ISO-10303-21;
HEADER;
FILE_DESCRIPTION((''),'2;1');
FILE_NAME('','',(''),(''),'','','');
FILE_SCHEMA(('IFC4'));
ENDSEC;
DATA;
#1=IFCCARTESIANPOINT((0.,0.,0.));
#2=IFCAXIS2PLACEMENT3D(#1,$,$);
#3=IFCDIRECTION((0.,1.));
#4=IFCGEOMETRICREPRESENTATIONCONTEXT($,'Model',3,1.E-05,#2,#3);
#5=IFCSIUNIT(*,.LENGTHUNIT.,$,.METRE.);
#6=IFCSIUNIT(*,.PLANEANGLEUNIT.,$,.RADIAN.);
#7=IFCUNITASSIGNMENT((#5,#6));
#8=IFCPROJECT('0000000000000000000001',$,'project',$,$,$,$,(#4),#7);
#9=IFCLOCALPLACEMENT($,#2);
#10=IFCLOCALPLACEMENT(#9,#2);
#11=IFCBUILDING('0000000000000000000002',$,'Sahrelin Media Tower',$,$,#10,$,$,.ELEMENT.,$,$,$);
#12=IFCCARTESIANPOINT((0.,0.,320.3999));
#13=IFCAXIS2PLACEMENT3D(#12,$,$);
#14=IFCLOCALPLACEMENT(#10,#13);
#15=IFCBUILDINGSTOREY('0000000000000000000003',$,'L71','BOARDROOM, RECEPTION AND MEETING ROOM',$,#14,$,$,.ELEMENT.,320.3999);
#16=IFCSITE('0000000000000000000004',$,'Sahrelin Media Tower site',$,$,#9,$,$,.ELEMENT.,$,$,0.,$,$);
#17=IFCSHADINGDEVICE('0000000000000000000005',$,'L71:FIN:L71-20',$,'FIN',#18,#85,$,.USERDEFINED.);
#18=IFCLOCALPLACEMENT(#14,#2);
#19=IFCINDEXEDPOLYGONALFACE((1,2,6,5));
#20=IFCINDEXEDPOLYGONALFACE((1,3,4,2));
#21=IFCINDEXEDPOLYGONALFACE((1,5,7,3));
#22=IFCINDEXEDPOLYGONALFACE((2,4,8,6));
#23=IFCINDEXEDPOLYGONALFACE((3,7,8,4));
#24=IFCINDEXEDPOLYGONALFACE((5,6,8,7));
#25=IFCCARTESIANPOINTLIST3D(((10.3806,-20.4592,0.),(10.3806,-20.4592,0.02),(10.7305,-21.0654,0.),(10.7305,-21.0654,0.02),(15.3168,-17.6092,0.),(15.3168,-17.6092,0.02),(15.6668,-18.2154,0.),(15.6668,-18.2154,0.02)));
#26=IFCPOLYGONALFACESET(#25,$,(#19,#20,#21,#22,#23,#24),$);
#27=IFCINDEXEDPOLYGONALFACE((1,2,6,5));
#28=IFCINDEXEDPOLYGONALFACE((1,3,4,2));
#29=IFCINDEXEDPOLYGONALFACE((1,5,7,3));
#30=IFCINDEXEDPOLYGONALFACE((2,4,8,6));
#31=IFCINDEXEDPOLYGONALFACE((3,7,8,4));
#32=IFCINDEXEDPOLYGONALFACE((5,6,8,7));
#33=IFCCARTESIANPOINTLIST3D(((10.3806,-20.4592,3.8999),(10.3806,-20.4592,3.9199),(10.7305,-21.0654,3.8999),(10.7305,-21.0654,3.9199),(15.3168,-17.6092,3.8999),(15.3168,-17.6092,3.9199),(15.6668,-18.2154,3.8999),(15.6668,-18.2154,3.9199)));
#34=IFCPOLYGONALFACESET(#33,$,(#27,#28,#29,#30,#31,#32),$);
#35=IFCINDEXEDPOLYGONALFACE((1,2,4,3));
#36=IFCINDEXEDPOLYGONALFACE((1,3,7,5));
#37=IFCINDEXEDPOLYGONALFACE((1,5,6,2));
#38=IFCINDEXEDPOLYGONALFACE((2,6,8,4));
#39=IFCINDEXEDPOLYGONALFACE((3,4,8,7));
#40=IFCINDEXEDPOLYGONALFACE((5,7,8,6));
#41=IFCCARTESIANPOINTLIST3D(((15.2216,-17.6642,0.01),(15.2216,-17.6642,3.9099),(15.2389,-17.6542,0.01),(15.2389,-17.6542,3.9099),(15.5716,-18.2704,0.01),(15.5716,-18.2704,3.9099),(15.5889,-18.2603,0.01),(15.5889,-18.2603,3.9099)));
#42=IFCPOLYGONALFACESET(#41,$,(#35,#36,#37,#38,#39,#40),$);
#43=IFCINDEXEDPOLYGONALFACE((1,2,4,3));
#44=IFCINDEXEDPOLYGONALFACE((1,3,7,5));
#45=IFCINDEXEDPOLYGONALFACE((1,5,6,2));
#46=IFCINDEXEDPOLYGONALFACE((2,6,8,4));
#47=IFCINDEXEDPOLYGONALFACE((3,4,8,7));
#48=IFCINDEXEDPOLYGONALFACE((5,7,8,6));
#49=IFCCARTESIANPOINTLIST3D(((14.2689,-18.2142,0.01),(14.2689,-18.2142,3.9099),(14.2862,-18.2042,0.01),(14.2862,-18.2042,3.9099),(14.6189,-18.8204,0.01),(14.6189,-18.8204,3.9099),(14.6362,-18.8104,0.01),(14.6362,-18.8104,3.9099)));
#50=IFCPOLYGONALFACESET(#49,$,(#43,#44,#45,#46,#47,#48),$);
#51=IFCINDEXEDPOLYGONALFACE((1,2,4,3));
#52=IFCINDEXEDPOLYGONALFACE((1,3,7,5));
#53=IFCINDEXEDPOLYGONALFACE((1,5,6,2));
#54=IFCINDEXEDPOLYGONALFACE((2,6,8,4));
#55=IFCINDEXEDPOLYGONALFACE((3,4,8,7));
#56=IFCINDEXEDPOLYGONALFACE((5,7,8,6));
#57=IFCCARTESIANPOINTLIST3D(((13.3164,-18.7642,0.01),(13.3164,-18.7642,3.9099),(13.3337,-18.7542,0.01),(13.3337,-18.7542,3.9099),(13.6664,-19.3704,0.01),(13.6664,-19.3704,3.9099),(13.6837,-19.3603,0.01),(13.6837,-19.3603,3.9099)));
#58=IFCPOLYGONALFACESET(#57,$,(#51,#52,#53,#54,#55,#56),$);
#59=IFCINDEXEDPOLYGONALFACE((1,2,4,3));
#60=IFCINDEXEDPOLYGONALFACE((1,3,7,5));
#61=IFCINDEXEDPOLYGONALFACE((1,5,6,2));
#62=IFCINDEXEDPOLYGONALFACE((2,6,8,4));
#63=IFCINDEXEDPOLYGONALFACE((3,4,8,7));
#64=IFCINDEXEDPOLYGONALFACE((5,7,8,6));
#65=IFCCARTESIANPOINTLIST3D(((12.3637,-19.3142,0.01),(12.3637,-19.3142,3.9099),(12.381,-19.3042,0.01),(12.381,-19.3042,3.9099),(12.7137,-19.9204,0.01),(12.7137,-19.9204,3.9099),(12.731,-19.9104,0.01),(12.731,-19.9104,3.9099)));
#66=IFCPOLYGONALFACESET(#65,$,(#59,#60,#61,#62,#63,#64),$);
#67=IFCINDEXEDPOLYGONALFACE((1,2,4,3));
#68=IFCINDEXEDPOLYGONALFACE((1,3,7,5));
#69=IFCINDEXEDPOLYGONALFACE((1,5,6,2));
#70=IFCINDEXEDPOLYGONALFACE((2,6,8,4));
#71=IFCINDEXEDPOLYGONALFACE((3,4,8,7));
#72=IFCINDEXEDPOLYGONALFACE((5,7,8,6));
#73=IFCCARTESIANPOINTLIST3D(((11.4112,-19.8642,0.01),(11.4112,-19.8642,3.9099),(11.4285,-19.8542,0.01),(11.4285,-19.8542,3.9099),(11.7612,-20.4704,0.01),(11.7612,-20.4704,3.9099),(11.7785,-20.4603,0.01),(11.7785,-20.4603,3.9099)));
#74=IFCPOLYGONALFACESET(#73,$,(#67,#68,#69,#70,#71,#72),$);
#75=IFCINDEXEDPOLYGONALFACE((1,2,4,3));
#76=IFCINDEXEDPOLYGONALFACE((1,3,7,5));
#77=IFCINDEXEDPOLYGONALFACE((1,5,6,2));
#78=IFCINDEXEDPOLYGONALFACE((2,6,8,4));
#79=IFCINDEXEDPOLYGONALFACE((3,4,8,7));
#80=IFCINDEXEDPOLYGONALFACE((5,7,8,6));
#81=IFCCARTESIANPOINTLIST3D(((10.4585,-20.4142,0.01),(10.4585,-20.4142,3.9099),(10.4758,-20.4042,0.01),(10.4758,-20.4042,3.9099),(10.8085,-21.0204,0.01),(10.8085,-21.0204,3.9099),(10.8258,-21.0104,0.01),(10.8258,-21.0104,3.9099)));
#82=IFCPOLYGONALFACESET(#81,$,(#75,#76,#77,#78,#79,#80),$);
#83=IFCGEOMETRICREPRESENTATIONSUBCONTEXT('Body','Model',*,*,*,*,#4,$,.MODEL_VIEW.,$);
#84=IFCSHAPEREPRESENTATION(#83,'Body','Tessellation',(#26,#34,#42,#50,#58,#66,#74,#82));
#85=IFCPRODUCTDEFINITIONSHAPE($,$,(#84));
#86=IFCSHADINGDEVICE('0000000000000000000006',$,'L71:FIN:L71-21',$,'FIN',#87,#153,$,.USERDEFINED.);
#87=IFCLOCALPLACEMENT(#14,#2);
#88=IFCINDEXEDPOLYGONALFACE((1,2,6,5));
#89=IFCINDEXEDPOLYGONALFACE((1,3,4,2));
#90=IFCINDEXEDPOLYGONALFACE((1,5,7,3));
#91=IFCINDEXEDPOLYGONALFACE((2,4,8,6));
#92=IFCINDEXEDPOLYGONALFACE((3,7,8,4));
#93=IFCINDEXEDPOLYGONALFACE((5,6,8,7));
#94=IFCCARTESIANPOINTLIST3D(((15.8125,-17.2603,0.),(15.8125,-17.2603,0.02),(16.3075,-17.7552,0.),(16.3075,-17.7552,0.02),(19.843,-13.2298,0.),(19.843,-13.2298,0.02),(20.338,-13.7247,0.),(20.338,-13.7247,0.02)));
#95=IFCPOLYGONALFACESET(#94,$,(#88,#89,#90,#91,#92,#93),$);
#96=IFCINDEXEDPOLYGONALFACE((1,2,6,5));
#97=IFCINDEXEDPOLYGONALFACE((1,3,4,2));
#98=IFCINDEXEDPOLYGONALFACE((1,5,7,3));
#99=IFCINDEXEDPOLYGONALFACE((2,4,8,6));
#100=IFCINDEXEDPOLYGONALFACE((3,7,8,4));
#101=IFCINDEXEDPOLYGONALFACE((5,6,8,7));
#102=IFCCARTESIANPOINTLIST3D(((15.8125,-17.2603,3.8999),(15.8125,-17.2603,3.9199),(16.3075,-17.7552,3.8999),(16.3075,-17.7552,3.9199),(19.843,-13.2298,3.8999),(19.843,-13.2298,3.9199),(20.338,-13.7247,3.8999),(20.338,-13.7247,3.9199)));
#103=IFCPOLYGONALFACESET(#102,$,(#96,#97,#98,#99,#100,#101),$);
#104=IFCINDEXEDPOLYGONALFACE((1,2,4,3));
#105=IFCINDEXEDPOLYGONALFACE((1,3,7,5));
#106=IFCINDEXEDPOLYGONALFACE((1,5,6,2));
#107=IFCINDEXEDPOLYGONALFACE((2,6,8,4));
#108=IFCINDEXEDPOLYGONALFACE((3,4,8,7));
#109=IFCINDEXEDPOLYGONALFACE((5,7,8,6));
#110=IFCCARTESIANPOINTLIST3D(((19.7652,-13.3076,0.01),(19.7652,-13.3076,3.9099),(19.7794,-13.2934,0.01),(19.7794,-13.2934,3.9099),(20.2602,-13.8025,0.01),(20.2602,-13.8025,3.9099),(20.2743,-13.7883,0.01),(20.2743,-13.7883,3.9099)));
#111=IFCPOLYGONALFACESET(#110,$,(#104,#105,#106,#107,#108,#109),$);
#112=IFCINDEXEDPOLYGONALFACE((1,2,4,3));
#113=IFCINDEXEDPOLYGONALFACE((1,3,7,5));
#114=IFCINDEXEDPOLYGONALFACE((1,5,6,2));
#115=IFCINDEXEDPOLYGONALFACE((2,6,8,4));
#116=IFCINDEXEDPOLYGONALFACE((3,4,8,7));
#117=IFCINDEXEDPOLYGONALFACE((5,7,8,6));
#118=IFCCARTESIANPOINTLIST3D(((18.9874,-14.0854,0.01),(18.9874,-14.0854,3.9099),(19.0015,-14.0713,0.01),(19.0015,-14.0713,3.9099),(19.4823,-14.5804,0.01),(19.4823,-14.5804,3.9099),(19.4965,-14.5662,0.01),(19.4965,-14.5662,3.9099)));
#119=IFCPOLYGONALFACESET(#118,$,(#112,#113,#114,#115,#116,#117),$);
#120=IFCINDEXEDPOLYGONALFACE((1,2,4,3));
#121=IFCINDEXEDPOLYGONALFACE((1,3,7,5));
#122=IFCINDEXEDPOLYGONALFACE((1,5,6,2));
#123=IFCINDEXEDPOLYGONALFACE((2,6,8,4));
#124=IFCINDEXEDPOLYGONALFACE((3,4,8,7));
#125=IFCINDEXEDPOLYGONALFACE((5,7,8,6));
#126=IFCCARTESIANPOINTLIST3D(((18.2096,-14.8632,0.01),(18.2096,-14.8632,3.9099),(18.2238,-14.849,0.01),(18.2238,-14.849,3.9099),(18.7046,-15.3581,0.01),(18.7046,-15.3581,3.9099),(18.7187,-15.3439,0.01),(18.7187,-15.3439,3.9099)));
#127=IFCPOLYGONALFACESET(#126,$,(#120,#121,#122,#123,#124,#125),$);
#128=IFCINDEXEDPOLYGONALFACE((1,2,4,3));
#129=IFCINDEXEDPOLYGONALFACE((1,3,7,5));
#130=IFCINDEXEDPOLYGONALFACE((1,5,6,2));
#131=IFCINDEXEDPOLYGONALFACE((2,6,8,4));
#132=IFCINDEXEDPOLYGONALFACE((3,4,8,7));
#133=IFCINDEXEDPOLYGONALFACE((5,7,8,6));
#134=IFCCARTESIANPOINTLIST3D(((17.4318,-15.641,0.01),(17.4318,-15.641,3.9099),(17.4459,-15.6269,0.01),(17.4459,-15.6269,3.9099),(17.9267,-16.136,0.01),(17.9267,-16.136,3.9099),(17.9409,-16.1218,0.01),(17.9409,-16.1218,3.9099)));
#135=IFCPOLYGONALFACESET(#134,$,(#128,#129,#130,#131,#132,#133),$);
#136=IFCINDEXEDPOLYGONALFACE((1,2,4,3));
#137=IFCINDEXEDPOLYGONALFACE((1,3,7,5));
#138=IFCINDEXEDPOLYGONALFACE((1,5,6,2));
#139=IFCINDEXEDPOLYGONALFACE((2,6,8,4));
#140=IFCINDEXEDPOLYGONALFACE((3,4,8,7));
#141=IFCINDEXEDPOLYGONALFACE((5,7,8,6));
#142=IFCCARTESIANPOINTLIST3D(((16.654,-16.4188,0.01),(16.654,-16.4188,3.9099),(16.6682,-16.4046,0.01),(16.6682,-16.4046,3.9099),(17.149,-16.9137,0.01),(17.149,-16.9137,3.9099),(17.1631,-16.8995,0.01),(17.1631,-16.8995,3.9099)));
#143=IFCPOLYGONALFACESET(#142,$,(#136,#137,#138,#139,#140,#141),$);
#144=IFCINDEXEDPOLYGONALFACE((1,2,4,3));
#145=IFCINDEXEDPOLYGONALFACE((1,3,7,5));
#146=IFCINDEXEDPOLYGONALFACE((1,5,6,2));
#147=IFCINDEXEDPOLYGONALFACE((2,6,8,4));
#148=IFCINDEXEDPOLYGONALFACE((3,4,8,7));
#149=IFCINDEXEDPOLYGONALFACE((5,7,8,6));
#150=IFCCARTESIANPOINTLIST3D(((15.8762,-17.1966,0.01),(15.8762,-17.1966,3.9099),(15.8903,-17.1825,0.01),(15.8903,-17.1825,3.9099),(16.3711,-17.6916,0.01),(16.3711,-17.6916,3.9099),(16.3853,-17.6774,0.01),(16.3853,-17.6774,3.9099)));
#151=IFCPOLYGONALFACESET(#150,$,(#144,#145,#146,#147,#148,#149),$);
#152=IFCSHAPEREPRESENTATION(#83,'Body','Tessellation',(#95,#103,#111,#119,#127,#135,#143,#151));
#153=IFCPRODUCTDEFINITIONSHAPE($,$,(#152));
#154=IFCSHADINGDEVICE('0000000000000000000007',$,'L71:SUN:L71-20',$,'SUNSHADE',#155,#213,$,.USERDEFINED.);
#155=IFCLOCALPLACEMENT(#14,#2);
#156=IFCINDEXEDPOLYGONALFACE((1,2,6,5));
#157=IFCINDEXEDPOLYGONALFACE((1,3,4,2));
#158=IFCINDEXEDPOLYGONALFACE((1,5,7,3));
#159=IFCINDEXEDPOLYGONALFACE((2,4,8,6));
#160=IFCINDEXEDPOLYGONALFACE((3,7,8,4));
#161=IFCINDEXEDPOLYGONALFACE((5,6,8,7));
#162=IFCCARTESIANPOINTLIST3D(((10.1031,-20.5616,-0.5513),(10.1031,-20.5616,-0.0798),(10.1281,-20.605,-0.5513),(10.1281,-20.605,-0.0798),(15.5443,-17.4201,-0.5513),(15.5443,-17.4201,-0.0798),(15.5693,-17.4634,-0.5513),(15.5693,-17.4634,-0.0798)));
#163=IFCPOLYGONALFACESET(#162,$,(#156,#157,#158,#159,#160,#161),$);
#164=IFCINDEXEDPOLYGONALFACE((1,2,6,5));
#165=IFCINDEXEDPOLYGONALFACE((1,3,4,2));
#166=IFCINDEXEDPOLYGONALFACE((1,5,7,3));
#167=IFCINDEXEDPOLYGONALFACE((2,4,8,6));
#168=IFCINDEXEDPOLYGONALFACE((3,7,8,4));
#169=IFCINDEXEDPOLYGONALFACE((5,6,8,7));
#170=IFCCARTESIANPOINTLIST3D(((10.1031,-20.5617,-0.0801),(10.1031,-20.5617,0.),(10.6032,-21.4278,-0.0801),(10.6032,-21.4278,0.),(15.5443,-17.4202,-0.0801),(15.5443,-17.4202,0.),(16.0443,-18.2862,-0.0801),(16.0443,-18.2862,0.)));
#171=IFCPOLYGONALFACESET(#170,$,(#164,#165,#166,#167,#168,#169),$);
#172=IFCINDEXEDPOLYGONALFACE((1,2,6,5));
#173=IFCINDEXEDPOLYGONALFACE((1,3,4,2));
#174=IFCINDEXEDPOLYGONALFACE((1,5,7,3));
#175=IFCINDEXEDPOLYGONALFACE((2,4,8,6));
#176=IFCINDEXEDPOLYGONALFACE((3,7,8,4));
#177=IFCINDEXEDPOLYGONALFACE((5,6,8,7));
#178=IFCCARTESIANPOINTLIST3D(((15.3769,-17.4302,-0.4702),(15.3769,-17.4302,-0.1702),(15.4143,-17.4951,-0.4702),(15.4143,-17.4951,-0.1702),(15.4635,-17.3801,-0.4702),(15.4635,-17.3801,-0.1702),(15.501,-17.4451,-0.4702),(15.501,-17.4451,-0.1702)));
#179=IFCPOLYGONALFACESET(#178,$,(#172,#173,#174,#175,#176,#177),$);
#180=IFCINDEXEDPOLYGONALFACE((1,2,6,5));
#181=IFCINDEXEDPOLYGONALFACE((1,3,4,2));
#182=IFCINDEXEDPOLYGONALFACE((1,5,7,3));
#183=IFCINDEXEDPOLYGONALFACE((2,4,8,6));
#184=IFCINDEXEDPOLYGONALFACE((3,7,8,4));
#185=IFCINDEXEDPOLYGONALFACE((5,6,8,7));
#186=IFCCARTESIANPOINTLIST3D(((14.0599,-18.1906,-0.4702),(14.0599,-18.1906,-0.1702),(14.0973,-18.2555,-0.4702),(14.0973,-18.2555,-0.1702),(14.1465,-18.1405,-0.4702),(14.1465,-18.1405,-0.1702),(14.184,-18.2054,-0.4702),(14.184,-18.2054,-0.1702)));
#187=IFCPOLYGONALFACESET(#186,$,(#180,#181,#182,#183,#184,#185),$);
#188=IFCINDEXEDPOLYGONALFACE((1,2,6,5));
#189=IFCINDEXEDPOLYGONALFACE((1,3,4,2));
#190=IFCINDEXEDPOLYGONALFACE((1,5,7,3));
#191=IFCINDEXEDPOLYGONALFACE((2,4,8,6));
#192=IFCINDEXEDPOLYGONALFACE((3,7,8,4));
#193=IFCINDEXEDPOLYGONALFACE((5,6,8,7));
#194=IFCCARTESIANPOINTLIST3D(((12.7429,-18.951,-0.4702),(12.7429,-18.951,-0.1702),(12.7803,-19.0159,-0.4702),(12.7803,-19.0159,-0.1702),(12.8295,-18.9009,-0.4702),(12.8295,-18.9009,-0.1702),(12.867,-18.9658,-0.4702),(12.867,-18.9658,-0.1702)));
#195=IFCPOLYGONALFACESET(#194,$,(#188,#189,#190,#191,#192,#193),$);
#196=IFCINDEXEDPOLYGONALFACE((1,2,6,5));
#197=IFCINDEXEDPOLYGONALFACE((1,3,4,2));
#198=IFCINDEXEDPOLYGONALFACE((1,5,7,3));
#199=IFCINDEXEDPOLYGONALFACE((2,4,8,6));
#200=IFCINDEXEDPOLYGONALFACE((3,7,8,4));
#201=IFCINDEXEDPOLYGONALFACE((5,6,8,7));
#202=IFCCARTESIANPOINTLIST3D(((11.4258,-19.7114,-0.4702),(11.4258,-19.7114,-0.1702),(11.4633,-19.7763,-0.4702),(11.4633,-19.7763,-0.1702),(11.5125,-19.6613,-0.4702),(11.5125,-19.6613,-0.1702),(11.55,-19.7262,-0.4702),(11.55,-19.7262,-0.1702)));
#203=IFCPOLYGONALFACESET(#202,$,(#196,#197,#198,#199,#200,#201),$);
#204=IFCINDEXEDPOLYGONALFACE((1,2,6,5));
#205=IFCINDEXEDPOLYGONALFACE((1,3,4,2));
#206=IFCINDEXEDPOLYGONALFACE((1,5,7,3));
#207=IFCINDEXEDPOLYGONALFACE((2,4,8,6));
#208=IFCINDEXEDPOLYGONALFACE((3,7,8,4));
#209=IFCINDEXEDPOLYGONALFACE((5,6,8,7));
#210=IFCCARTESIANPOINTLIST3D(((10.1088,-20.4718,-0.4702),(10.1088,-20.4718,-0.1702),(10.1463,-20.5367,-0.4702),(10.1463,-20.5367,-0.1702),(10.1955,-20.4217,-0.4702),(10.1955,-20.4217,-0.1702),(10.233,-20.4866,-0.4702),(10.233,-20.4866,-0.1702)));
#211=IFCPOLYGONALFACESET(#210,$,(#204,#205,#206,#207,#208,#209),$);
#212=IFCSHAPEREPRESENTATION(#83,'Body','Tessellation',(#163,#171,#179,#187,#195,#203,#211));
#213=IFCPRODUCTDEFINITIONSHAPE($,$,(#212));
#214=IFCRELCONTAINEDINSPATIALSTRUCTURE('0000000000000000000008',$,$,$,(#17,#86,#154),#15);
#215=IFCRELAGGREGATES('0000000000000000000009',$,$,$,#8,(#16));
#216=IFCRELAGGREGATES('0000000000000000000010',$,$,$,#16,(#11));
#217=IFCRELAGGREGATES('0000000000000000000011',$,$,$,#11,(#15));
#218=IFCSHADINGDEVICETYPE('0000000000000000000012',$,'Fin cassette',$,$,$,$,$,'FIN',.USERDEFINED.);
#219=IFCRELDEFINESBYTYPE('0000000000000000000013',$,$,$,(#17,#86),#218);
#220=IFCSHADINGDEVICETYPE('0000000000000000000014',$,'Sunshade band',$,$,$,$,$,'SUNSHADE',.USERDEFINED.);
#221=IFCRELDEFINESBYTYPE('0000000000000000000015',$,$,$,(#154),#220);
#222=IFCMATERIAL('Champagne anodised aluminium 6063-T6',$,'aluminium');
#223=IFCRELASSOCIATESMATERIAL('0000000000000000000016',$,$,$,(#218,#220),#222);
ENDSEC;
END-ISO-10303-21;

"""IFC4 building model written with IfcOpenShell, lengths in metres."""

from ifc_helpers import new_model, si_unit, direction, frame, origin, origin_2d, place, context, subcontext, project, spatial, rectangle, extrude, material, type_object, element, save


model = new_model("IFC4")

# Units and contexts
model_context = context("Model", 3, precision=1e-05, world=origin(), true_north=direction((0.0, 1.0)))
body_context = subcontext(model_context, "Body", "Model", "MODEL_VIEW")
ifc_project = project(units=[si_unit("LENGTHUNIT", "METRE"), si_unit("PLANEANGLEUNIT", "RADIAN")], contexts=[model_context])

# Site, building, storey
site_placement = place(None, origin())
site = spatial("IfcSite", under=ifc_project, at=site_placement, Name="Sahrelin Media Tower site", CompositionType="ELEMENT", RefElevation=0.0)
building_placement = place(site_placement, origin())
building = spatial("IfcBuilding", under=site, at=building_placement, Name="Sahrelin Media Tower", CompositionType="ELEMENT")
storey_placement = place(building_placement, frame((0.0, 0.0, 320.3999)))
storey = spatial("IfcBuildingStorey", under=building, at=storey_placement, Name="L71", Description="BOARDROOM, RECEPTION AND MEETING ROOM", CompositionType="ELEMENT", Elevation=320.3999)

# Shared definitions
ifc_material_1 = material(Name="Champagne anodised aluminium 6063-T6", Category="aluminium")

# Shading devices
shading_device_type_1 = type_object("IfcShadingDeviceType", Name="Fin cassette", ElementType="FIN", PredefinedType="USERDEFINED", material=ifc_material_1)
placement_1 = place(storey_placement, frame((12.8137, -18.9736, 0.0), z_axis=(0.0, 0.0, 1.0), x_axis=(-0.866019, -0.500011, 0.0)))
element("IfcShadingDevice", 1, at=placement_1, inside=storey, type_object=shading_device_type_1, Name="L71:FIN:L71-20", ObjectType="FIN", PredefinedType="USERDEFINED", context=body_context, shape_type="SweptSolid", body=[
    extrude(rectangle(XDim=5.7, YDim=0.7, at=origin_2d()), frame((0.0, 0.4199, 0.0)), (0.0, 0.0, 1.0), 0.02),
    extrude(rectangle(XDim=5.7, YDim=0.7, at=origin_2d()), frame((0.0, 0.4199, 3.8999)), (0.0, 0.0, 1.0), 0.02),
    extrude(rectangle(XDim=0.02, YDim=0.7, at=origin_2d()), frame((-2.75, 0.4199, 0.01), z_axis=(0.0, 0.0, 1.0), x_axis=(1.0, 0.0, 0.0)), (0.0, 0.0, 1.0), 3.8999),
    extrude(rectangle(XDim=0.02, YDim=0.7, at=origin_2d()), frame((-1.6499, 0.4199, 0.01), z_axis=(0.0, 0.0, 1.0), x_axis=(1.0, 0.0, 0.0)), (0.0, 0.0, 1.0), 3.8999),
    extrude(rectangle(XDim=0.02, YDim=0.7, at=origin_2d()), frame((-0.55, 0.4199, 0.01), z_axis=(0.0, 0.0, 1.0), x_axis=(1.0, 0.0, 0.0)), (0.0, 0.0, 1.0), 3.8999),
    extrude(rectangle(XDim=0.02, YDim=0.7, at=origin_2d()), frame((0.55, 0.4199, 0.01), z_axis=(0.0, 0.0, 1.0), x_axis=(1.0, 0.0, 0.0)), (0.0, 0.0, 1.0), 3.8999),
    extrude(rectangle(XDim=0.02, YDim=0.7, at=origin_2d()), frame((1.6499, 0.4199, 0.01), z_axis=(0.0, 0.0, 1.0), x_axis=(1.0, 0.0, 0.0)), (0.0, 0.0, 1.0), 3.8999),
    extrude(rectangle(XDim=0.02, YDim=0.7, at=origin_2d()), frame((2.75, 0.4199, 0.01), z_axis=(0.0, 0.0, 1.0), x_axis=(1.0, 0.0, 0.0)), (0.0, 0.0, 1.0), 3.8999),
])
placement_2 = place(storey_placement, frame((17.7783, -15.1956, 0.0), z_axis=(0.0, 0.0, 1.0), x_axis=(-0.707107, -0.707107, 0.0)))
element("IfcShadingDevice", 2, at=placement_2, inside=storey, type_object=shading_device_type_1, Name="L71:FIN:L71-21", ObjectType="FIN", PredefinedType="USERDEFINED", context=body_context, shape_type="SweptSolid", body=[
    extrude(rectangle(XDim=5.7, YDim=0.7, at=origin_2d()), frame((0.0, 0.4199, 0.0)), (0.0, 0.0, 1.0), 0.02),
    extrude(rectangle(XDim=5.7, YDim=0.7, at=origin_2d()), frame((0.0, 0.4199, 3.8999)), (0.0, 0.0, 1.0), 0.02),
    extrude(rectangle(XDim=0.02, YDim=0.7, at=origin_2d()), frame((-2.75, 0.4199, 0.01), z_axis=(0.0, 0.0, 1.0), x_axis=(1.0, 0.0, 0.0)), (0.0, 0.0, 1.0), 3.8999),
    extrude(rectangle(XDim=0.02, YDim=0.7, at=origin_2d()), frame((-1.6499, 0.4199, 0.01), z_axis=(0.0, 0.0, 1.0), x_axis=(1.0, 0.0, 0.0)), (0.0, 0.0, 1.0), 3.8999),
    extrude(rectangle(XDim=0.02, YDim=0.7, at=origin_2d()), frame((-0.55, 0.4199, 0.01), z_axis=(0.0, 0.0, 1.0), x_axis=(1.0, 0.0, 0.0)), (0.0, 0.0, 1.0), 3.8999),
    extrude(rectangle(XDim=0.02, YDim=0.7, at=origin_2d()), frame((0.55, 0.4199, 0.01), z_axis=(0.0, 0.0, 1.0), x_axis=(1.0, 0.0, 0.0)), (0.0, 0.0, 1.0), 3.8999),
    extrude(rectangle(XDim=0.02, YDim=0.7, at=origin_2d()), frame((1.6499, 0.4199, 0.01), z_axis=(0.0, 0.0, 1.0), x_axis=(1.0, 0.0, 0.0)), (0.0, 0.0, 1.0), 3.8999),
    extrude(rectangle(XDim=0.02, YDim=0.7, at=origin_2d()), frame((2.75, 0.4199, 0.01), z_axis=(0.0, 0.0, 1.0), x_axis=(1.0, 0.0, 0.0)), (0.0, 0.0, 1.0), 3.8999),
])
shading_device_type_2 = type_object("IfcShadingDeviceType", Name="Sunshade band", ElementType="SUNSHADE", PredefinedType="USERDEFINED", material=ifc_material_1)
element("IfcShadingDevice", 3, at=placement_1, inside=storey, type_object=shading_device_type_2, Name="L71:SUN:L71-20", ObjectType="SUNSHADE", PredefinedType="USERDEFINED", context=body_context, shape_type="SweptSolid", body=[
    extrude(rectangle(XDim=6.283, YDim=0.05, at=origin_2d()), frame((0.0, 0.0449, -0.5513)), (0.0, 0.0, 1.0), 0.4714),
    extrude(rectangle(XDim=6.283, YDim=1.0, at=origin_2d()), frame((0.0, 0.52, -0.0801)), (0.0, 0.0, 1.0), 0.0801),
    extrude(rectangle(XDim=0.1001, YDim=0.075, at=origin_2d()), frame((-3.0415, -0.0176, -0.4702)), (0.0, 0.0, 1.0), 0.3),
    extrude(rectangle(XDim=0.1001, YDim=0.075, at=origin_2d()), frame((-1.5208, -0.0176, -0.4702)), (0.0, 0.0, 1.0), 0.3),
    extrude(rectangle(XDim=0.1001, YDim=0.075, at=origin_2d()), frame((0.0, -0.0176, -0.4702)), (0.0, 0.0, 1.0), 0.3),
    extrude(rectangle(XDim=0.1001, YDim=0.075, at=origin_2d()), frame((1.5208, -0.0176, -0.4702)), (0.0, 0.0, 1.0), 0.3),
    extrude(rectangle(XDim=0.1001, YDim=0.075, at=origin_2d()), frame((3.0415, -0.0176, -0.4702)), (0.0, 0.0, 1.0), 0.3),
])

save(model, "model.ifc")
